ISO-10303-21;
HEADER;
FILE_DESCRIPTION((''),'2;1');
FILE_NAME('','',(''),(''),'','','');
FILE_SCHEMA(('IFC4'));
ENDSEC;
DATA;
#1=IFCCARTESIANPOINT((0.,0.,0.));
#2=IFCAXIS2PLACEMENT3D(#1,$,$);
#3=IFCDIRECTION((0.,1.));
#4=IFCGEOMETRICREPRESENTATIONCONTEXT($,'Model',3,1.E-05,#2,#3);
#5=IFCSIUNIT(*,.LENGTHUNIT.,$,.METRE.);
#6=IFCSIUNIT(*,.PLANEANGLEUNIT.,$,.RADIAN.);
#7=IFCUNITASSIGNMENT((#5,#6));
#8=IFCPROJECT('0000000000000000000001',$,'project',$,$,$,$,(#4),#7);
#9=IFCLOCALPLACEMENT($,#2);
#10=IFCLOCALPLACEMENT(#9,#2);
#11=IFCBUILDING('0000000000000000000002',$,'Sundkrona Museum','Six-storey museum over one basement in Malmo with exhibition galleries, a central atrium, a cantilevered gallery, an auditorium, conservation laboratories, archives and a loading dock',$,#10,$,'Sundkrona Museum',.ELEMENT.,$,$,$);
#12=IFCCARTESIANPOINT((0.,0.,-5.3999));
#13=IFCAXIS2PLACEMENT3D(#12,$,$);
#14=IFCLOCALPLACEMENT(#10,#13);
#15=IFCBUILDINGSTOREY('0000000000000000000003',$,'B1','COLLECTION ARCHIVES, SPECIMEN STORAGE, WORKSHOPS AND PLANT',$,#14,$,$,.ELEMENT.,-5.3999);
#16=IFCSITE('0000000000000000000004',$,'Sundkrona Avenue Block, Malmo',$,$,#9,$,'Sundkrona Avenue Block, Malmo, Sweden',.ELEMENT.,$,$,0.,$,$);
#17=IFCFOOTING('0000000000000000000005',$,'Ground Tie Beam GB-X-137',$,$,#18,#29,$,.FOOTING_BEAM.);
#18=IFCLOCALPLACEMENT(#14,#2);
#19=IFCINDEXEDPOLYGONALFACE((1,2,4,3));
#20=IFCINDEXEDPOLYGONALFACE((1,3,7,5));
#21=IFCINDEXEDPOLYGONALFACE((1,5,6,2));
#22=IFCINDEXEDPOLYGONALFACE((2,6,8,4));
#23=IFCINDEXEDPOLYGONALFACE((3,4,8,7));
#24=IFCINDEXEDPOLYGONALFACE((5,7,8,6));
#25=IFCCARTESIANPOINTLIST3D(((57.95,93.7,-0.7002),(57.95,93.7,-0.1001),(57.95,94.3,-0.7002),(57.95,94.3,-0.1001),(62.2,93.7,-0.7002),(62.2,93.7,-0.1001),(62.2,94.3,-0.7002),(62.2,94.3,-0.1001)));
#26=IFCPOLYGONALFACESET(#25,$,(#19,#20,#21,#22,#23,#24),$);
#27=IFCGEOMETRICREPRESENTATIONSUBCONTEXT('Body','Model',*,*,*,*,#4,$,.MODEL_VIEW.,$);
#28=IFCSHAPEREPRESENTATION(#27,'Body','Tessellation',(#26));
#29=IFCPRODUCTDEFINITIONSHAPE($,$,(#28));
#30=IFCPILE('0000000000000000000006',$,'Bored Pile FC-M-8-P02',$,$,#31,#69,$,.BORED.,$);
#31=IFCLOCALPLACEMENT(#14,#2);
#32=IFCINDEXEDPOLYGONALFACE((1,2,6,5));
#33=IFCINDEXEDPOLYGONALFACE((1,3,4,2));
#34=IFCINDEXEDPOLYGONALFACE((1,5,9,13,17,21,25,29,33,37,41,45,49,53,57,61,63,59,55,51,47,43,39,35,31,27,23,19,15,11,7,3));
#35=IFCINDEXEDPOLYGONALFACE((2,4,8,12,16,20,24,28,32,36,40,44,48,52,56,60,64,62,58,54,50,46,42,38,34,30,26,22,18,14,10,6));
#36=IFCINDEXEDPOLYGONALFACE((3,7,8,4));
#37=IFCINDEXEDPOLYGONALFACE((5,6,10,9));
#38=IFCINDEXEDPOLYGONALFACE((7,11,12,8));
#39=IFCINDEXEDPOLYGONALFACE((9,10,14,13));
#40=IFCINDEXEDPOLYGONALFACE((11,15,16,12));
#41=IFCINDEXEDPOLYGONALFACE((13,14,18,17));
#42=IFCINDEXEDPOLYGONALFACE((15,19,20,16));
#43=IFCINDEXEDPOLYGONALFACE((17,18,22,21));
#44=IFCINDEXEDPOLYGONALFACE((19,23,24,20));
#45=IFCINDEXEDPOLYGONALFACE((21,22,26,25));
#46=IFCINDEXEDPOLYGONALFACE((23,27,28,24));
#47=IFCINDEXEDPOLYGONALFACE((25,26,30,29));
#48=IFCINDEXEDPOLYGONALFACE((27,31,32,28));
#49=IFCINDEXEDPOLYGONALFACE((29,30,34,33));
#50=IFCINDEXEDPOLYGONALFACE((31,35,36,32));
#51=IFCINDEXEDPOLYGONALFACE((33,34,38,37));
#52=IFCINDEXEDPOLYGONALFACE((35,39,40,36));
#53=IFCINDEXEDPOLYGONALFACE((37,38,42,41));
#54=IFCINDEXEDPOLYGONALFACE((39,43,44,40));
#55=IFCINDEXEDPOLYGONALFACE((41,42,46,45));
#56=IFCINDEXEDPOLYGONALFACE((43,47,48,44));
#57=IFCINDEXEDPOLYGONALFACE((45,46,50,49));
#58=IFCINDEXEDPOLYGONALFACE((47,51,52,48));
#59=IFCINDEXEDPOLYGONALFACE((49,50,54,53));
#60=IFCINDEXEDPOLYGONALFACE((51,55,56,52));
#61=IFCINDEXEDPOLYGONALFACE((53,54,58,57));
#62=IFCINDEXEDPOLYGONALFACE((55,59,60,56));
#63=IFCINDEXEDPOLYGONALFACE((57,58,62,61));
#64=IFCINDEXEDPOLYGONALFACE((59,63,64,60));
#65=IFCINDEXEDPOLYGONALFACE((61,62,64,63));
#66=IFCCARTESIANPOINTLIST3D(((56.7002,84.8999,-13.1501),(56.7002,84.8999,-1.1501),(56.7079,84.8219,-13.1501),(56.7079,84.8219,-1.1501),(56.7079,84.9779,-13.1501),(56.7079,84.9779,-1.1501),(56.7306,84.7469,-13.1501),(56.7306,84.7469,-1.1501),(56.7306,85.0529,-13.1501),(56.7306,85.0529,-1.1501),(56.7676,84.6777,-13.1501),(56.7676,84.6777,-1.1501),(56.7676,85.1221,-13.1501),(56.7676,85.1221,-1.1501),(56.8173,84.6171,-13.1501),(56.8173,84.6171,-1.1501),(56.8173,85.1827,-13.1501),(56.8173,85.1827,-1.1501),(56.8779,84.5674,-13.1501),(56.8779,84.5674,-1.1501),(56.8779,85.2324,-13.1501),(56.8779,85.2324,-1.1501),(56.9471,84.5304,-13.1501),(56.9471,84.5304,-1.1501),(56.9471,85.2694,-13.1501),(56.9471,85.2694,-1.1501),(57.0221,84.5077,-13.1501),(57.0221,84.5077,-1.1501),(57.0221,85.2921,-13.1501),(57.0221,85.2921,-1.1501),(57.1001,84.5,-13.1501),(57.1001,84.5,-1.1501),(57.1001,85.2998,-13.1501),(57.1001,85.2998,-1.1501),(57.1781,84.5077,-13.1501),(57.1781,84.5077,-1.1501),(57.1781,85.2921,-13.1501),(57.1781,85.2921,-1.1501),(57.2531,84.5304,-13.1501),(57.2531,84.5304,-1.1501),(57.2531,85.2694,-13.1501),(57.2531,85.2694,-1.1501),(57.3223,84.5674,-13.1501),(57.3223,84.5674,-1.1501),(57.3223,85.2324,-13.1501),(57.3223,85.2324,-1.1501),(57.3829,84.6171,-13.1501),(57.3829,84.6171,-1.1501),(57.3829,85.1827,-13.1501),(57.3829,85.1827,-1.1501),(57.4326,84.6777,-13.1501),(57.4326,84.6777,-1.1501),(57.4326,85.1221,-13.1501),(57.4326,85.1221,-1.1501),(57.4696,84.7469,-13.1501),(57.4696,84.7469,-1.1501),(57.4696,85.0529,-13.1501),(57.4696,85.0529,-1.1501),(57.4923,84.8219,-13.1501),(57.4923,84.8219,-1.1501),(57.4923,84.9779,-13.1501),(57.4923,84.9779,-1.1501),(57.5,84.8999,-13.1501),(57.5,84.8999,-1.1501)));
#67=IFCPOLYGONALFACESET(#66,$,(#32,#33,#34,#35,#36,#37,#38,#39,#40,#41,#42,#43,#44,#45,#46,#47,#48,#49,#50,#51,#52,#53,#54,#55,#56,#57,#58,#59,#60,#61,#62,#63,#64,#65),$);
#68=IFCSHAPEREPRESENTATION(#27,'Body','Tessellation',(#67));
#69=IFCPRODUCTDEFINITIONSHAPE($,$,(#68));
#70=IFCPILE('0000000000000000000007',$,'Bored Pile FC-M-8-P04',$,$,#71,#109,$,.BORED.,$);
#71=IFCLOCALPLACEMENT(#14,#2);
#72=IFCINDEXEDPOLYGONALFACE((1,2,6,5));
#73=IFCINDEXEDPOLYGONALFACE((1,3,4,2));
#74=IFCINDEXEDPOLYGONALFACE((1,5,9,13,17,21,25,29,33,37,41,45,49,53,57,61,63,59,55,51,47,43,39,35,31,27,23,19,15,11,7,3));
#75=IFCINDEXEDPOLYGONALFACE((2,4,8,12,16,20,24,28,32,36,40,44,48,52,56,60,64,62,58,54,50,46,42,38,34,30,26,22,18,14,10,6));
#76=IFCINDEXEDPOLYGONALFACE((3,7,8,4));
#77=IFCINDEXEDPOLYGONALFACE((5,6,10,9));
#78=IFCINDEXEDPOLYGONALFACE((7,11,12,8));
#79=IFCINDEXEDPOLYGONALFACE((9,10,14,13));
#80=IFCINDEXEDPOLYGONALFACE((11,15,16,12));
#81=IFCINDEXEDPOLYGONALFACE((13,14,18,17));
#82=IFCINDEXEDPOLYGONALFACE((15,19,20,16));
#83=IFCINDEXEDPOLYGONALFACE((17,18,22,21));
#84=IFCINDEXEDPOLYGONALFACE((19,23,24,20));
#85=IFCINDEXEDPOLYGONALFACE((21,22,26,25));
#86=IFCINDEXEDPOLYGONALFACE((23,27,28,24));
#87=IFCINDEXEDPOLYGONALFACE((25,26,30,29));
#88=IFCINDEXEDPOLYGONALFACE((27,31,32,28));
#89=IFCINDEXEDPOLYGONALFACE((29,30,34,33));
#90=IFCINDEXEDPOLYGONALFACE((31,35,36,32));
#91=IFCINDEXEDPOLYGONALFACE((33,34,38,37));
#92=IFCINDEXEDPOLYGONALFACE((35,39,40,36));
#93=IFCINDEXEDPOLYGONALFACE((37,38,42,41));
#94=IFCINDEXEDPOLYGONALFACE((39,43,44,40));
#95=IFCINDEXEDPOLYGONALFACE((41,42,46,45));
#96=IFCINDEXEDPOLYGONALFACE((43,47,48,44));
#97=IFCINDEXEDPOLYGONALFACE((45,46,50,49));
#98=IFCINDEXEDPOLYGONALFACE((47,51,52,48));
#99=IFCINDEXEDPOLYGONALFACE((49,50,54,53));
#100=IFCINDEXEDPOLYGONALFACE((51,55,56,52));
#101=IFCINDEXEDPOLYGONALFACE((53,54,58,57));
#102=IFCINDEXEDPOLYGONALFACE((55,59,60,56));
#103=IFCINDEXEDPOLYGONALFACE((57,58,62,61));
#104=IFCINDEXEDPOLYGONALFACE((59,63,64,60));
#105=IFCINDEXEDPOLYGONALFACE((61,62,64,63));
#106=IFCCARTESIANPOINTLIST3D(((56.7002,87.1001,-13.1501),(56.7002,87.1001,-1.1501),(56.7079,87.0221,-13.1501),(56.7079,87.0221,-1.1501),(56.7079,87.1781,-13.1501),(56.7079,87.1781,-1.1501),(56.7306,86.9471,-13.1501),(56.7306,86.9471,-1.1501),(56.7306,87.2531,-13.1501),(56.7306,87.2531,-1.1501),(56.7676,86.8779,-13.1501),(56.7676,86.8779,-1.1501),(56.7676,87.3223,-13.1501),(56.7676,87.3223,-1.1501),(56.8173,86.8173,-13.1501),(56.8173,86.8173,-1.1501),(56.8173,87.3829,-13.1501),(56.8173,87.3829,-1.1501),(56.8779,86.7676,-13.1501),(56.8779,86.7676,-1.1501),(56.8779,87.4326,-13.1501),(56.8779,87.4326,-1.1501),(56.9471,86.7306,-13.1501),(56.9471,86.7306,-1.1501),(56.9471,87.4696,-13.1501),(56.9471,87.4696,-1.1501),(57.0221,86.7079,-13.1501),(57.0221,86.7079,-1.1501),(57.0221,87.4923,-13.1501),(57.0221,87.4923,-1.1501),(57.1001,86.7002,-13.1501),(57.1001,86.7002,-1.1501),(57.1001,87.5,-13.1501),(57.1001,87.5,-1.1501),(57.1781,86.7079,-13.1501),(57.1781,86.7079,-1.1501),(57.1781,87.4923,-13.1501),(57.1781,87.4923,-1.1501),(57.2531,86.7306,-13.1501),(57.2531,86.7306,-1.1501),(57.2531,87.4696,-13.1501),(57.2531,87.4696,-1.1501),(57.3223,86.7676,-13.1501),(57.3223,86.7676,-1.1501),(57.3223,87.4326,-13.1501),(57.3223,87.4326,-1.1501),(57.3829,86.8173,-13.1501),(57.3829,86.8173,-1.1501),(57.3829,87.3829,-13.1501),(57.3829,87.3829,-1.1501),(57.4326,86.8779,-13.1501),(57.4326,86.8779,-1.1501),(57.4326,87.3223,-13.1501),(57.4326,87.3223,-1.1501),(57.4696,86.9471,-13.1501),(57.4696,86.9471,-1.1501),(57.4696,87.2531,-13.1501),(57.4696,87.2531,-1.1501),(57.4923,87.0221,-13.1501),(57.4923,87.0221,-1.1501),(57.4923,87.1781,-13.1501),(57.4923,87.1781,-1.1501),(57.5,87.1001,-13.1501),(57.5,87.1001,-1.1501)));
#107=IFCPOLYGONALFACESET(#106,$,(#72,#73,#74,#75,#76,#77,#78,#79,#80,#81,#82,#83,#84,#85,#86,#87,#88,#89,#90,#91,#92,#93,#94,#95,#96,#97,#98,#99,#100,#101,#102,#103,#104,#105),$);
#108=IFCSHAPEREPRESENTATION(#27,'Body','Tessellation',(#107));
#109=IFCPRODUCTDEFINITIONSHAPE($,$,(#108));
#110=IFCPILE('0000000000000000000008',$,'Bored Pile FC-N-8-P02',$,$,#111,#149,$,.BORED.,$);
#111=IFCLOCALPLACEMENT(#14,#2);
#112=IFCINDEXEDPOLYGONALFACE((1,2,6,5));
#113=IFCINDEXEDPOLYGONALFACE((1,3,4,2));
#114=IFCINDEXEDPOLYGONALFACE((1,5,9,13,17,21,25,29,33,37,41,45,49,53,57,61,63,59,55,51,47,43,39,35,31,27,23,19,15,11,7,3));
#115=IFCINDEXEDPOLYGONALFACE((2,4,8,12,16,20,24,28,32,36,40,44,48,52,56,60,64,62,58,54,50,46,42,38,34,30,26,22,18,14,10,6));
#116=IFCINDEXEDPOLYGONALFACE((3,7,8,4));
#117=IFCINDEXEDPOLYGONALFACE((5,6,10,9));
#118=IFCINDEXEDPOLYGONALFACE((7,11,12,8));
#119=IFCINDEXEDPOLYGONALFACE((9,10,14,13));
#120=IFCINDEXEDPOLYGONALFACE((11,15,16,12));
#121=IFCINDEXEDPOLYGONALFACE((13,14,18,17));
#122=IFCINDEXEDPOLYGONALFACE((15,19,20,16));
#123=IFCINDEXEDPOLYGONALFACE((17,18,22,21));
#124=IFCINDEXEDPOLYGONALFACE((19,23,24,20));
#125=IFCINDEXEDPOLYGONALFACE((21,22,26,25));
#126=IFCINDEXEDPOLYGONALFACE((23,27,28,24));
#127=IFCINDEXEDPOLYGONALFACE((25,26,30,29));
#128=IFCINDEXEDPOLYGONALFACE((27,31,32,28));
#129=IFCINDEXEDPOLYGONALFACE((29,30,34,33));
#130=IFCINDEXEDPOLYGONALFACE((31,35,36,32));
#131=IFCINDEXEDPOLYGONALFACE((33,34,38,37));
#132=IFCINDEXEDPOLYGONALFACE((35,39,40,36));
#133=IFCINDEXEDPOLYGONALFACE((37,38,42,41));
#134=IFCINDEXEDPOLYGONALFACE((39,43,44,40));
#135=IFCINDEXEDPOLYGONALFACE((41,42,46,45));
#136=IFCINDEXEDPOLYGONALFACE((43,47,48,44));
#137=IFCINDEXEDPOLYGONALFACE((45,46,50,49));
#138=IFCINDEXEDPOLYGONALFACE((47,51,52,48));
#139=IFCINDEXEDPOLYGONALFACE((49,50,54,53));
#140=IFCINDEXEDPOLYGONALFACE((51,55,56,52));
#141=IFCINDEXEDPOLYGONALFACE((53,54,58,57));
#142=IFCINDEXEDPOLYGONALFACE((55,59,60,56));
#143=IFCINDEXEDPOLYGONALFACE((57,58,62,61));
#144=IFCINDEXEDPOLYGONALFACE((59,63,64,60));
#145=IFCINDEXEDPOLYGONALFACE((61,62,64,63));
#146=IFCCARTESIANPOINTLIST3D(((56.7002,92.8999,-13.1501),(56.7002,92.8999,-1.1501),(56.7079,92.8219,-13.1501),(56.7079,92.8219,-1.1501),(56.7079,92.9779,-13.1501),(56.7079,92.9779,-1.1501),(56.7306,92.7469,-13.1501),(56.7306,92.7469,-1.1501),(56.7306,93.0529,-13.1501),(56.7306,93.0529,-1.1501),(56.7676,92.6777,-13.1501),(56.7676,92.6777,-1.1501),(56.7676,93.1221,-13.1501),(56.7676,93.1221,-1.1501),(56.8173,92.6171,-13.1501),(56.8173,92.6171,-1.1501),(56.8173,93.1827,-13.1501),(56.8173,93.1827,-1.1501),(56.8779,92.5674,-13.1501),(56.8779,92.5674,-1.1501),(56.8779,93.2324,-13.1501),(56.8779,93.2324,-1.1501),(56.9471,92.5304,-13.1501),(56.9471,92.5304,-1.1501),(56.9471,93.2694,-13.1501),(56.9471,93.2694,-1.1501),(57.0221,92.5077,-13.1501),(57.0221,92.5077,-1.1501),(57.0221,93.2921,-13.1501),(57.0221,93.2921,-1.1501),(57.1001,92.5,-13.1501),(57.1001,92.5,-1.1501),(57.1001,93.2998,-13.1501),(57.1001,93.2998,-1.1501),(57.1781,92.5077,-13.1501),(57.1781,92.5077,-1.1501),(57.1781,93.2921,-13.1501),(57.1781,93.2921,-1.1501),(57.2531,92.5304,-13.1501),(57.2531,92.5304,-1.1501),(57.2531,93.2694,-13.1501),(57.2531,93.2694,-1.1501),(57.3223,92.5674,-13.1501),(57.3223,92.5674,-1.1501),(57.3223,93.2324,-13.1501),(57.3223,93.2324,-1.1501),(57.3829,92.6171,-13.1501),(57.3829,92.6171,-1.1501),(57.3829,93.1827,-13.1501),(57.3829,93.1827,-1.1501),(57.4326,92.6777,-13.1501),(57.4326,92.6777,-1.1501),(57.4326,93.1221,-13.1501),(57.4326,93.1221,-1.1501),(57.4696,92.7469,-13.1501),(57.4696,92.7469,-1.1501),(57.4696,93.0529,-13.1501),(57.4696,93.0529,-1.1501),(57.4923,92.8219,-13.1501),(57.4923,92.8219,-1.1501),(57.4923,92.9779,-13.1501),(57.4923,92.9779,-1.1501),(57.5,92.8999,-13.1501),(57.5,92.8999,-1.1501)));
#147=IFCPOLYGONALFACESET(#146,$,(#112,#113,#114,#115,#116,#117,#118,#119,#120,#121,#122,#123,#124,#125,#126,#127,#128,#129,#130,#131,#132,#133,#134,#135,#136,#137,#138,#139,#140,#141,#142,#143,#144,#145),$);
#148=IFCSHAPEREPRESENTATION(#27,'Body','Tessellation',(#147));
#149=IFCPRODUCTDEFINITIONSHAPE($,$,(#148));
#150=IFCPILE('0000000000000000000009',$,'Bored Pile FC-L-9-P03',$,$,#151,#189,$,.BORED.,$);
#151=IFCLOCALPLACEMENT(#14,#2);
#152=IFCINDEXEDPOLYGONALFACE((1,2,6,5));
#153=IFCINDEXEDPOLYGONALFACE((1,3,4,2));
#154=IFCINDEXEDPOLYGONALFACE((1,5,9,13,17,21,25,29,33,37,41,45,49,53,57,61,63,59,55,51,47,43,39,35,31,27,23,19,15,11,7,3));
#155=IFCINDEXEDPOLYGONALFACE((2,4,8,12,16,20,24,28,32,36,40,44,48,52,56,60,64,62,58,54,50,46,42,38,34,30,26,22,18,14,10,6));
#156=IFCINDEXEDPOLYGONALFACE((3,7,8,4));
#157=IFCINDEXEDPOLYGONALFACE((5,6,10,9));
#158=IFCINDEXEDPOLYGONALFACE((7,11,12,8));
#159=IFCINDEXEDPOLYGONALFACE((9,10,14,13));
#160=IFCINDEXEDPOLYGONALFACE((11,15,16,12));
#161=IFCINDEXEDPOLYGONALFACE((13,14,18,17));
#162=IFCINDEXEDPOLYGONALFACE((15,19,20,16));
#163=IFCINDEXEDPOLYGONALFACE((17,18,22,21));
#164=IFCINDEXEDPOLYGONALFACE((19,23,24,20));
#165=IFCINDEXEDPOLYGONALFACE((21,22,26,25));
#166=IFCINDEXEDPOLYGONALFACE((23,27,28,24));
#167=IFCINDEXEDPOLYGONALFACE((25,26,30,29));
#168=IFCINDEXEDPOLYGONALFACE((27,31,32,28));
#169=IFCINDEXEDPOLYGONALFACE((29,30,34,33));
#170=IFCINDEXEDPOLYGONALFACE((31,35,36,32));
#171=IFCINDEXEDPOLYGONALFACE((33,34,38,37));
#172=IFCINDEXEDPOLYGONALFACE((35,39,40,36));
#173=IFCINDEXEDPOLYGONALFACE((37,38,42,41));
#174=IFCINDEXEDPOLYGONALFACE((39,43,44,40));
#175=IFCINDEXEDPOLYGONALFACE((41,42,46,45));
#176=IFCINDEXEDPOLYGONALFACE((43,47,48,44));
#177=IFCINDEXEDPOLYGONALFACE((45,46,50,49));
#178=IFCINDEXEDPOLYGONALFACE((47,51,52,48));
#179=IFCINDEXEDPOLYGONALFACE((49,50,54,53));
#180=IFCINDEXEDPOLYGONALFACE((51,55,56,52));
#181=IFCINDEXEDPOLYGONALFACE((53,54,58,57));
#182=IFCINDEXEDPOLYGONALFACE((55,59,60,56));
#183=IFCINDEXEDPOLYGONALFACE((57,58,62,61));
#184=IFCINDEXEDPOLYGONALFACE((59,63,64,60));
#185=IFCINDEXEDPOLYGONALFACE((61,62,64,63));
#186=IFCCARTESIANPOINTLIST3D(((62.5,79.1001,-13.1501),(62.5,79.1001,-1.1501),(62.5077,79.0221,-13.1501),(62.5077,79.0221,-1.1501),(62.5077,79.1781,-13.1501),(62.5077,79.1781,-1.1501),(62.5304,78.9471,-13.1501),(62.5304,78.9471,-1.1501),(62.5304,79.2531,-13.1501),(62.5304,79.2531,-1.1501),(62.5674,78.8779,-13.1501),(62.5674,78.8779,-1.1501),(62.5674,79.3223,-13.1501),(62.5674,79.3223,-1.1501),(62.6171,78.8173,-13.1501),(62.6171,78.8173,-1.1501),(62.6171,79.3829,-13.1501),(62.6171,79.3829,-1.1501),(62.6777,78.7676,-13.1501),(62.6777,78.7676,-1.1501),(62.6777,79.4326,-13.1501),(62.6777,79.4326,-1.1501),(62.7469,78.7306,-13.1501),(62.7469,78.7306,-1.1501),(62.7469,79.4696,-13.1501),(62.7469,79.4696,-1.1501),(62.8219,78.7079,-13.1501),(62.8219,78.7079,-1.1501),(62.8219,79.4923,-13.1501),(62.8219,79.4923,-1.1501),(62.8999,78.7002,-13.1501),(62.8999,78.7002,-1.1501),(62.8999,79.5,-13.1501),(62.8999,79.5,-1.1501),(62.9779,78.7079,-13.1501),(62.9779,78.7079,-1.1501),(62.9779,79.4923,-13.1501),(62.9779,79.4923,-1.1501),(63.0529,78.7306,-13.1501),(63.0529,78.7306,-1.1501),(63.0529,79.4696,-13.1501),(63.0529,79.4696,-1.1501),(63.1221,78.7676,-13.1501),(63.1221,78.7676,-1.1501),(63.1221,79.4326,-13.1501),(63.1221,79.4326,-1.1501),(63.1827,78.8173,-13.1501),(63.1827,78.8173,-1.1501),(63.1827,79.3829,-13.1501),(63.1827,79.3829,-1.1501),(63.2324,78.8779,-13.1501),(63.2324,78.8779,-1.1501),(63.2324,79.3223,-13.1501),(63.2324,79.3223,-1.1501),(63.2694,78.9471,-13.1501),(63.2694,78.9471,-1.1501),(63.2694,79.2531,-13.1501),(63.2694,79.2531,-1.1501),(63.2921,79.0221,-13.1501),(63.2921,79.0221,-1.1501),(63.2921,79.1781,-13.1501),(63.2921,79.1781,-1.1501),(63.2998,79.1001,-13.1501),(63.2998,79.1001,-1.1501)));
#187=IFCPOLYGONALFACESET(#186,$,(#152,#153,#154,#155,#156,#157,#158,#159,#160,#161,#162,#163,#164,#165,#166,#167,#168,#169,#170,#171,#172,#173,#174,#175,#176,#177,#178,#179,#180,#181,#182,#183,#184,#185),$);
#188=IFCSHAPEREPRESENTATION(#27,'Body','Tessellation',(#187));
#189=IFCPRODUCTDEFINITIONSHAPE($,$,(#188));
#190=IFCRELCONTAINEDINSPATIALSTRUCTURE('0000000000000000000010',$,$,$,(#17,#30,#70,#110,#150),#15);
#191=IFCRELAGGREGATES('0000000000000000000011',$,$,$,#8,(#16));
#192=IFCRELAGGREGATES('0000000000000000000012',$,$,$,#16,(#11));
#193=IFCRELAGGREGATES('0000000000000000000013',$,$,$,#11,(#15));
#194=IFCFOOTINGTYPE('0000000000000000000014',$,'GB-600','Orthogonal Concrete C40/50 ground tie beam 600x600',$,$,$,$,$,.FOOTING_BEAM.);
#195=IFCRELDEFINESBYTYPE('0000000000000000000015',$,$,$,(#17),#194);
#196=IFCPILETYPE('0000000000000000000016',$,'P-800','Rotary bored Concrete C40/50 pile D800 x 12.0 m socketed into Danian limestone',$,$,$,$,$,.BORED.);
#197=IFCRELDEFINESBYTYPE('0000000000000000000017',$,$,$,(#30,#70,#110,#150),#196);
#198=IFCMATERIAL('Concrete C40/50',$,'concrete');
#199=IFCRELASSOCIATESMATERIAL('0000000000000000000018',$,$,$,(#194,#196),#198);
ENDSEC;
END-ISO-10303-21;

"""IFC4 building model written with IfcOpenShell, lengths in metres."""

from ifc_helpers import new_model, si_unit, direction, frame, origin, origin_2d, place, context, subcontext, project, spatial, rectangle, circle, extrude, material, material_profile, profile_set, type_object, element, save


model = new_model("IFC4")

# Units and contexts
model_context = context("Model", 3, precision=1e-05, world=origin(), true_north=direction((0.0, 1.0)))
body_context = subcontext(model_context, "Body", "Model", "MODEL_VIEW")
ifc_project = project(units=[si_unit("LENGTHUNIT", "METRE"), si_unit("PLANEANGLEUNIT", "RADIAN")], contexts=[model_context])

# Site, building, storey
site_placement = place(None, origin())
site = spatial("IfcSite", under=ifc_project, at=site_placement, Name="Sundkrona Avenue Block, Malmo", LongName="Sundkrona Avenue Block, Malmo, Sweden", CompositionType="ELEMENT", RefElevation=0.0)
building_placement = place(site_placement, origin())
building = spatial("IfcBuilding", under=site, at=building_placement, Name="Sundkrona Museum", Description="Six-storey museum over one basement in Malmo with exhibition galleries, a central atrium, a cantilevered gallery, an auditorium, conservation laboratories, archives and a loading dock", LongName="Sundkrona Museum", CompositionType="ELEMENT")
storey_placement = place(building_placement, frame((0.0, 0.0, -5.3999)))
storey = spatial("IfcBuildingStorey", under=building, at=storey_placement, Name="B1", Description="COLLECTION ARCHIVES, SPECIMEN STORAGE, WORKSHOPS AND PLANT", CompositionType="ELEMENT", Elevation=-5.3999)

# Footing
ifc_material_1 = material(Name="Concrete C40/50", Category="concrete")
footing_type_1 = type_object("IfcFootingType", Name="GB-600", Description="Orthogonal Concrete C40/50 ground tie beam 600x600", PredefinedType="FOOTING_BEAM", material=ifc_material_1)
footing_1_placement = place(storey_placement, frame((60.075, 94.0, -0.7002), z_axis=(0.0, 0.0, 1.0), x_axis=(1.0, 0.0, 0.0)))
element("IfcFooting", 1, at=footing_1_placement, inside=storey, type_object=footing_type_1, Name="Ground Tie Beam GB-X-137", PredefinedType="FOOTING_BEAM", context=body_context, shape_type="SweptSolid", body=[
    extrude(rectangle(XDim=4.25, YDim=0.6001, at=origin_2d()), origin(), (0.0, 0.0, 1.0), 0.6001),
])

# Piles
ifc_material_profile_1 = material_profile(ifc_material_1, circle(Radius=0.3999, at=origin_2d()), Name="PILE D800")
ifc_profile_set_1 = profile_set([ifc_material_profile_1], Name="Concrete C40/50")
pile_type = type_object("IfcPileType", Name="P-800", Description="Rotary bored Concrete C40/50 pile D800 x 12.0 m socketed into Danian limestone", PredefinedType="BORED", material=ifc_profile_set_1)
for number, where, z_axis, x_axis, name in (
    (2, (57.1001, 84.8999, -1.1501), (0.0, 0.0, -1.0), (1.0, 0.0, 0.0), "Bored Pile FC-M-8-P02"),
    (3, (57.1001, 87.1001, -1.1501), (0.0, 0.0, -1.0), (1.0, 0.0, 0.0), "Bored Pile FC-M-8-P04"),
    (4, (57.1001, 92.8999, -1.1501), (0.0, 0.0, -1.0), (1.0, 0.0, 0.0), "Bored Pile FC-N-8-P02"),
    (5, (62.8999, 79.1001, -1.1501), (0.0, 0.0, -1.0), (1.0, 0.0, 0.0), "Bored Pile FC-L-9-P03"),
):
    element("IfcPile", number, at=place(storey_placement, frame(where, z_axis=z_axis, x_axis=x_axis)), inside=storey, type_object=pile_type, Name=name, PredefinedType="BORED", context=body_context, shape_type="SweptSolid", body=[
        extrude(circle(Radius=0.3999, at=origin_2d()), origin(), (0.0, 0.0, 1.0), 12.0),
    ])

save(model, "model.ifc")
